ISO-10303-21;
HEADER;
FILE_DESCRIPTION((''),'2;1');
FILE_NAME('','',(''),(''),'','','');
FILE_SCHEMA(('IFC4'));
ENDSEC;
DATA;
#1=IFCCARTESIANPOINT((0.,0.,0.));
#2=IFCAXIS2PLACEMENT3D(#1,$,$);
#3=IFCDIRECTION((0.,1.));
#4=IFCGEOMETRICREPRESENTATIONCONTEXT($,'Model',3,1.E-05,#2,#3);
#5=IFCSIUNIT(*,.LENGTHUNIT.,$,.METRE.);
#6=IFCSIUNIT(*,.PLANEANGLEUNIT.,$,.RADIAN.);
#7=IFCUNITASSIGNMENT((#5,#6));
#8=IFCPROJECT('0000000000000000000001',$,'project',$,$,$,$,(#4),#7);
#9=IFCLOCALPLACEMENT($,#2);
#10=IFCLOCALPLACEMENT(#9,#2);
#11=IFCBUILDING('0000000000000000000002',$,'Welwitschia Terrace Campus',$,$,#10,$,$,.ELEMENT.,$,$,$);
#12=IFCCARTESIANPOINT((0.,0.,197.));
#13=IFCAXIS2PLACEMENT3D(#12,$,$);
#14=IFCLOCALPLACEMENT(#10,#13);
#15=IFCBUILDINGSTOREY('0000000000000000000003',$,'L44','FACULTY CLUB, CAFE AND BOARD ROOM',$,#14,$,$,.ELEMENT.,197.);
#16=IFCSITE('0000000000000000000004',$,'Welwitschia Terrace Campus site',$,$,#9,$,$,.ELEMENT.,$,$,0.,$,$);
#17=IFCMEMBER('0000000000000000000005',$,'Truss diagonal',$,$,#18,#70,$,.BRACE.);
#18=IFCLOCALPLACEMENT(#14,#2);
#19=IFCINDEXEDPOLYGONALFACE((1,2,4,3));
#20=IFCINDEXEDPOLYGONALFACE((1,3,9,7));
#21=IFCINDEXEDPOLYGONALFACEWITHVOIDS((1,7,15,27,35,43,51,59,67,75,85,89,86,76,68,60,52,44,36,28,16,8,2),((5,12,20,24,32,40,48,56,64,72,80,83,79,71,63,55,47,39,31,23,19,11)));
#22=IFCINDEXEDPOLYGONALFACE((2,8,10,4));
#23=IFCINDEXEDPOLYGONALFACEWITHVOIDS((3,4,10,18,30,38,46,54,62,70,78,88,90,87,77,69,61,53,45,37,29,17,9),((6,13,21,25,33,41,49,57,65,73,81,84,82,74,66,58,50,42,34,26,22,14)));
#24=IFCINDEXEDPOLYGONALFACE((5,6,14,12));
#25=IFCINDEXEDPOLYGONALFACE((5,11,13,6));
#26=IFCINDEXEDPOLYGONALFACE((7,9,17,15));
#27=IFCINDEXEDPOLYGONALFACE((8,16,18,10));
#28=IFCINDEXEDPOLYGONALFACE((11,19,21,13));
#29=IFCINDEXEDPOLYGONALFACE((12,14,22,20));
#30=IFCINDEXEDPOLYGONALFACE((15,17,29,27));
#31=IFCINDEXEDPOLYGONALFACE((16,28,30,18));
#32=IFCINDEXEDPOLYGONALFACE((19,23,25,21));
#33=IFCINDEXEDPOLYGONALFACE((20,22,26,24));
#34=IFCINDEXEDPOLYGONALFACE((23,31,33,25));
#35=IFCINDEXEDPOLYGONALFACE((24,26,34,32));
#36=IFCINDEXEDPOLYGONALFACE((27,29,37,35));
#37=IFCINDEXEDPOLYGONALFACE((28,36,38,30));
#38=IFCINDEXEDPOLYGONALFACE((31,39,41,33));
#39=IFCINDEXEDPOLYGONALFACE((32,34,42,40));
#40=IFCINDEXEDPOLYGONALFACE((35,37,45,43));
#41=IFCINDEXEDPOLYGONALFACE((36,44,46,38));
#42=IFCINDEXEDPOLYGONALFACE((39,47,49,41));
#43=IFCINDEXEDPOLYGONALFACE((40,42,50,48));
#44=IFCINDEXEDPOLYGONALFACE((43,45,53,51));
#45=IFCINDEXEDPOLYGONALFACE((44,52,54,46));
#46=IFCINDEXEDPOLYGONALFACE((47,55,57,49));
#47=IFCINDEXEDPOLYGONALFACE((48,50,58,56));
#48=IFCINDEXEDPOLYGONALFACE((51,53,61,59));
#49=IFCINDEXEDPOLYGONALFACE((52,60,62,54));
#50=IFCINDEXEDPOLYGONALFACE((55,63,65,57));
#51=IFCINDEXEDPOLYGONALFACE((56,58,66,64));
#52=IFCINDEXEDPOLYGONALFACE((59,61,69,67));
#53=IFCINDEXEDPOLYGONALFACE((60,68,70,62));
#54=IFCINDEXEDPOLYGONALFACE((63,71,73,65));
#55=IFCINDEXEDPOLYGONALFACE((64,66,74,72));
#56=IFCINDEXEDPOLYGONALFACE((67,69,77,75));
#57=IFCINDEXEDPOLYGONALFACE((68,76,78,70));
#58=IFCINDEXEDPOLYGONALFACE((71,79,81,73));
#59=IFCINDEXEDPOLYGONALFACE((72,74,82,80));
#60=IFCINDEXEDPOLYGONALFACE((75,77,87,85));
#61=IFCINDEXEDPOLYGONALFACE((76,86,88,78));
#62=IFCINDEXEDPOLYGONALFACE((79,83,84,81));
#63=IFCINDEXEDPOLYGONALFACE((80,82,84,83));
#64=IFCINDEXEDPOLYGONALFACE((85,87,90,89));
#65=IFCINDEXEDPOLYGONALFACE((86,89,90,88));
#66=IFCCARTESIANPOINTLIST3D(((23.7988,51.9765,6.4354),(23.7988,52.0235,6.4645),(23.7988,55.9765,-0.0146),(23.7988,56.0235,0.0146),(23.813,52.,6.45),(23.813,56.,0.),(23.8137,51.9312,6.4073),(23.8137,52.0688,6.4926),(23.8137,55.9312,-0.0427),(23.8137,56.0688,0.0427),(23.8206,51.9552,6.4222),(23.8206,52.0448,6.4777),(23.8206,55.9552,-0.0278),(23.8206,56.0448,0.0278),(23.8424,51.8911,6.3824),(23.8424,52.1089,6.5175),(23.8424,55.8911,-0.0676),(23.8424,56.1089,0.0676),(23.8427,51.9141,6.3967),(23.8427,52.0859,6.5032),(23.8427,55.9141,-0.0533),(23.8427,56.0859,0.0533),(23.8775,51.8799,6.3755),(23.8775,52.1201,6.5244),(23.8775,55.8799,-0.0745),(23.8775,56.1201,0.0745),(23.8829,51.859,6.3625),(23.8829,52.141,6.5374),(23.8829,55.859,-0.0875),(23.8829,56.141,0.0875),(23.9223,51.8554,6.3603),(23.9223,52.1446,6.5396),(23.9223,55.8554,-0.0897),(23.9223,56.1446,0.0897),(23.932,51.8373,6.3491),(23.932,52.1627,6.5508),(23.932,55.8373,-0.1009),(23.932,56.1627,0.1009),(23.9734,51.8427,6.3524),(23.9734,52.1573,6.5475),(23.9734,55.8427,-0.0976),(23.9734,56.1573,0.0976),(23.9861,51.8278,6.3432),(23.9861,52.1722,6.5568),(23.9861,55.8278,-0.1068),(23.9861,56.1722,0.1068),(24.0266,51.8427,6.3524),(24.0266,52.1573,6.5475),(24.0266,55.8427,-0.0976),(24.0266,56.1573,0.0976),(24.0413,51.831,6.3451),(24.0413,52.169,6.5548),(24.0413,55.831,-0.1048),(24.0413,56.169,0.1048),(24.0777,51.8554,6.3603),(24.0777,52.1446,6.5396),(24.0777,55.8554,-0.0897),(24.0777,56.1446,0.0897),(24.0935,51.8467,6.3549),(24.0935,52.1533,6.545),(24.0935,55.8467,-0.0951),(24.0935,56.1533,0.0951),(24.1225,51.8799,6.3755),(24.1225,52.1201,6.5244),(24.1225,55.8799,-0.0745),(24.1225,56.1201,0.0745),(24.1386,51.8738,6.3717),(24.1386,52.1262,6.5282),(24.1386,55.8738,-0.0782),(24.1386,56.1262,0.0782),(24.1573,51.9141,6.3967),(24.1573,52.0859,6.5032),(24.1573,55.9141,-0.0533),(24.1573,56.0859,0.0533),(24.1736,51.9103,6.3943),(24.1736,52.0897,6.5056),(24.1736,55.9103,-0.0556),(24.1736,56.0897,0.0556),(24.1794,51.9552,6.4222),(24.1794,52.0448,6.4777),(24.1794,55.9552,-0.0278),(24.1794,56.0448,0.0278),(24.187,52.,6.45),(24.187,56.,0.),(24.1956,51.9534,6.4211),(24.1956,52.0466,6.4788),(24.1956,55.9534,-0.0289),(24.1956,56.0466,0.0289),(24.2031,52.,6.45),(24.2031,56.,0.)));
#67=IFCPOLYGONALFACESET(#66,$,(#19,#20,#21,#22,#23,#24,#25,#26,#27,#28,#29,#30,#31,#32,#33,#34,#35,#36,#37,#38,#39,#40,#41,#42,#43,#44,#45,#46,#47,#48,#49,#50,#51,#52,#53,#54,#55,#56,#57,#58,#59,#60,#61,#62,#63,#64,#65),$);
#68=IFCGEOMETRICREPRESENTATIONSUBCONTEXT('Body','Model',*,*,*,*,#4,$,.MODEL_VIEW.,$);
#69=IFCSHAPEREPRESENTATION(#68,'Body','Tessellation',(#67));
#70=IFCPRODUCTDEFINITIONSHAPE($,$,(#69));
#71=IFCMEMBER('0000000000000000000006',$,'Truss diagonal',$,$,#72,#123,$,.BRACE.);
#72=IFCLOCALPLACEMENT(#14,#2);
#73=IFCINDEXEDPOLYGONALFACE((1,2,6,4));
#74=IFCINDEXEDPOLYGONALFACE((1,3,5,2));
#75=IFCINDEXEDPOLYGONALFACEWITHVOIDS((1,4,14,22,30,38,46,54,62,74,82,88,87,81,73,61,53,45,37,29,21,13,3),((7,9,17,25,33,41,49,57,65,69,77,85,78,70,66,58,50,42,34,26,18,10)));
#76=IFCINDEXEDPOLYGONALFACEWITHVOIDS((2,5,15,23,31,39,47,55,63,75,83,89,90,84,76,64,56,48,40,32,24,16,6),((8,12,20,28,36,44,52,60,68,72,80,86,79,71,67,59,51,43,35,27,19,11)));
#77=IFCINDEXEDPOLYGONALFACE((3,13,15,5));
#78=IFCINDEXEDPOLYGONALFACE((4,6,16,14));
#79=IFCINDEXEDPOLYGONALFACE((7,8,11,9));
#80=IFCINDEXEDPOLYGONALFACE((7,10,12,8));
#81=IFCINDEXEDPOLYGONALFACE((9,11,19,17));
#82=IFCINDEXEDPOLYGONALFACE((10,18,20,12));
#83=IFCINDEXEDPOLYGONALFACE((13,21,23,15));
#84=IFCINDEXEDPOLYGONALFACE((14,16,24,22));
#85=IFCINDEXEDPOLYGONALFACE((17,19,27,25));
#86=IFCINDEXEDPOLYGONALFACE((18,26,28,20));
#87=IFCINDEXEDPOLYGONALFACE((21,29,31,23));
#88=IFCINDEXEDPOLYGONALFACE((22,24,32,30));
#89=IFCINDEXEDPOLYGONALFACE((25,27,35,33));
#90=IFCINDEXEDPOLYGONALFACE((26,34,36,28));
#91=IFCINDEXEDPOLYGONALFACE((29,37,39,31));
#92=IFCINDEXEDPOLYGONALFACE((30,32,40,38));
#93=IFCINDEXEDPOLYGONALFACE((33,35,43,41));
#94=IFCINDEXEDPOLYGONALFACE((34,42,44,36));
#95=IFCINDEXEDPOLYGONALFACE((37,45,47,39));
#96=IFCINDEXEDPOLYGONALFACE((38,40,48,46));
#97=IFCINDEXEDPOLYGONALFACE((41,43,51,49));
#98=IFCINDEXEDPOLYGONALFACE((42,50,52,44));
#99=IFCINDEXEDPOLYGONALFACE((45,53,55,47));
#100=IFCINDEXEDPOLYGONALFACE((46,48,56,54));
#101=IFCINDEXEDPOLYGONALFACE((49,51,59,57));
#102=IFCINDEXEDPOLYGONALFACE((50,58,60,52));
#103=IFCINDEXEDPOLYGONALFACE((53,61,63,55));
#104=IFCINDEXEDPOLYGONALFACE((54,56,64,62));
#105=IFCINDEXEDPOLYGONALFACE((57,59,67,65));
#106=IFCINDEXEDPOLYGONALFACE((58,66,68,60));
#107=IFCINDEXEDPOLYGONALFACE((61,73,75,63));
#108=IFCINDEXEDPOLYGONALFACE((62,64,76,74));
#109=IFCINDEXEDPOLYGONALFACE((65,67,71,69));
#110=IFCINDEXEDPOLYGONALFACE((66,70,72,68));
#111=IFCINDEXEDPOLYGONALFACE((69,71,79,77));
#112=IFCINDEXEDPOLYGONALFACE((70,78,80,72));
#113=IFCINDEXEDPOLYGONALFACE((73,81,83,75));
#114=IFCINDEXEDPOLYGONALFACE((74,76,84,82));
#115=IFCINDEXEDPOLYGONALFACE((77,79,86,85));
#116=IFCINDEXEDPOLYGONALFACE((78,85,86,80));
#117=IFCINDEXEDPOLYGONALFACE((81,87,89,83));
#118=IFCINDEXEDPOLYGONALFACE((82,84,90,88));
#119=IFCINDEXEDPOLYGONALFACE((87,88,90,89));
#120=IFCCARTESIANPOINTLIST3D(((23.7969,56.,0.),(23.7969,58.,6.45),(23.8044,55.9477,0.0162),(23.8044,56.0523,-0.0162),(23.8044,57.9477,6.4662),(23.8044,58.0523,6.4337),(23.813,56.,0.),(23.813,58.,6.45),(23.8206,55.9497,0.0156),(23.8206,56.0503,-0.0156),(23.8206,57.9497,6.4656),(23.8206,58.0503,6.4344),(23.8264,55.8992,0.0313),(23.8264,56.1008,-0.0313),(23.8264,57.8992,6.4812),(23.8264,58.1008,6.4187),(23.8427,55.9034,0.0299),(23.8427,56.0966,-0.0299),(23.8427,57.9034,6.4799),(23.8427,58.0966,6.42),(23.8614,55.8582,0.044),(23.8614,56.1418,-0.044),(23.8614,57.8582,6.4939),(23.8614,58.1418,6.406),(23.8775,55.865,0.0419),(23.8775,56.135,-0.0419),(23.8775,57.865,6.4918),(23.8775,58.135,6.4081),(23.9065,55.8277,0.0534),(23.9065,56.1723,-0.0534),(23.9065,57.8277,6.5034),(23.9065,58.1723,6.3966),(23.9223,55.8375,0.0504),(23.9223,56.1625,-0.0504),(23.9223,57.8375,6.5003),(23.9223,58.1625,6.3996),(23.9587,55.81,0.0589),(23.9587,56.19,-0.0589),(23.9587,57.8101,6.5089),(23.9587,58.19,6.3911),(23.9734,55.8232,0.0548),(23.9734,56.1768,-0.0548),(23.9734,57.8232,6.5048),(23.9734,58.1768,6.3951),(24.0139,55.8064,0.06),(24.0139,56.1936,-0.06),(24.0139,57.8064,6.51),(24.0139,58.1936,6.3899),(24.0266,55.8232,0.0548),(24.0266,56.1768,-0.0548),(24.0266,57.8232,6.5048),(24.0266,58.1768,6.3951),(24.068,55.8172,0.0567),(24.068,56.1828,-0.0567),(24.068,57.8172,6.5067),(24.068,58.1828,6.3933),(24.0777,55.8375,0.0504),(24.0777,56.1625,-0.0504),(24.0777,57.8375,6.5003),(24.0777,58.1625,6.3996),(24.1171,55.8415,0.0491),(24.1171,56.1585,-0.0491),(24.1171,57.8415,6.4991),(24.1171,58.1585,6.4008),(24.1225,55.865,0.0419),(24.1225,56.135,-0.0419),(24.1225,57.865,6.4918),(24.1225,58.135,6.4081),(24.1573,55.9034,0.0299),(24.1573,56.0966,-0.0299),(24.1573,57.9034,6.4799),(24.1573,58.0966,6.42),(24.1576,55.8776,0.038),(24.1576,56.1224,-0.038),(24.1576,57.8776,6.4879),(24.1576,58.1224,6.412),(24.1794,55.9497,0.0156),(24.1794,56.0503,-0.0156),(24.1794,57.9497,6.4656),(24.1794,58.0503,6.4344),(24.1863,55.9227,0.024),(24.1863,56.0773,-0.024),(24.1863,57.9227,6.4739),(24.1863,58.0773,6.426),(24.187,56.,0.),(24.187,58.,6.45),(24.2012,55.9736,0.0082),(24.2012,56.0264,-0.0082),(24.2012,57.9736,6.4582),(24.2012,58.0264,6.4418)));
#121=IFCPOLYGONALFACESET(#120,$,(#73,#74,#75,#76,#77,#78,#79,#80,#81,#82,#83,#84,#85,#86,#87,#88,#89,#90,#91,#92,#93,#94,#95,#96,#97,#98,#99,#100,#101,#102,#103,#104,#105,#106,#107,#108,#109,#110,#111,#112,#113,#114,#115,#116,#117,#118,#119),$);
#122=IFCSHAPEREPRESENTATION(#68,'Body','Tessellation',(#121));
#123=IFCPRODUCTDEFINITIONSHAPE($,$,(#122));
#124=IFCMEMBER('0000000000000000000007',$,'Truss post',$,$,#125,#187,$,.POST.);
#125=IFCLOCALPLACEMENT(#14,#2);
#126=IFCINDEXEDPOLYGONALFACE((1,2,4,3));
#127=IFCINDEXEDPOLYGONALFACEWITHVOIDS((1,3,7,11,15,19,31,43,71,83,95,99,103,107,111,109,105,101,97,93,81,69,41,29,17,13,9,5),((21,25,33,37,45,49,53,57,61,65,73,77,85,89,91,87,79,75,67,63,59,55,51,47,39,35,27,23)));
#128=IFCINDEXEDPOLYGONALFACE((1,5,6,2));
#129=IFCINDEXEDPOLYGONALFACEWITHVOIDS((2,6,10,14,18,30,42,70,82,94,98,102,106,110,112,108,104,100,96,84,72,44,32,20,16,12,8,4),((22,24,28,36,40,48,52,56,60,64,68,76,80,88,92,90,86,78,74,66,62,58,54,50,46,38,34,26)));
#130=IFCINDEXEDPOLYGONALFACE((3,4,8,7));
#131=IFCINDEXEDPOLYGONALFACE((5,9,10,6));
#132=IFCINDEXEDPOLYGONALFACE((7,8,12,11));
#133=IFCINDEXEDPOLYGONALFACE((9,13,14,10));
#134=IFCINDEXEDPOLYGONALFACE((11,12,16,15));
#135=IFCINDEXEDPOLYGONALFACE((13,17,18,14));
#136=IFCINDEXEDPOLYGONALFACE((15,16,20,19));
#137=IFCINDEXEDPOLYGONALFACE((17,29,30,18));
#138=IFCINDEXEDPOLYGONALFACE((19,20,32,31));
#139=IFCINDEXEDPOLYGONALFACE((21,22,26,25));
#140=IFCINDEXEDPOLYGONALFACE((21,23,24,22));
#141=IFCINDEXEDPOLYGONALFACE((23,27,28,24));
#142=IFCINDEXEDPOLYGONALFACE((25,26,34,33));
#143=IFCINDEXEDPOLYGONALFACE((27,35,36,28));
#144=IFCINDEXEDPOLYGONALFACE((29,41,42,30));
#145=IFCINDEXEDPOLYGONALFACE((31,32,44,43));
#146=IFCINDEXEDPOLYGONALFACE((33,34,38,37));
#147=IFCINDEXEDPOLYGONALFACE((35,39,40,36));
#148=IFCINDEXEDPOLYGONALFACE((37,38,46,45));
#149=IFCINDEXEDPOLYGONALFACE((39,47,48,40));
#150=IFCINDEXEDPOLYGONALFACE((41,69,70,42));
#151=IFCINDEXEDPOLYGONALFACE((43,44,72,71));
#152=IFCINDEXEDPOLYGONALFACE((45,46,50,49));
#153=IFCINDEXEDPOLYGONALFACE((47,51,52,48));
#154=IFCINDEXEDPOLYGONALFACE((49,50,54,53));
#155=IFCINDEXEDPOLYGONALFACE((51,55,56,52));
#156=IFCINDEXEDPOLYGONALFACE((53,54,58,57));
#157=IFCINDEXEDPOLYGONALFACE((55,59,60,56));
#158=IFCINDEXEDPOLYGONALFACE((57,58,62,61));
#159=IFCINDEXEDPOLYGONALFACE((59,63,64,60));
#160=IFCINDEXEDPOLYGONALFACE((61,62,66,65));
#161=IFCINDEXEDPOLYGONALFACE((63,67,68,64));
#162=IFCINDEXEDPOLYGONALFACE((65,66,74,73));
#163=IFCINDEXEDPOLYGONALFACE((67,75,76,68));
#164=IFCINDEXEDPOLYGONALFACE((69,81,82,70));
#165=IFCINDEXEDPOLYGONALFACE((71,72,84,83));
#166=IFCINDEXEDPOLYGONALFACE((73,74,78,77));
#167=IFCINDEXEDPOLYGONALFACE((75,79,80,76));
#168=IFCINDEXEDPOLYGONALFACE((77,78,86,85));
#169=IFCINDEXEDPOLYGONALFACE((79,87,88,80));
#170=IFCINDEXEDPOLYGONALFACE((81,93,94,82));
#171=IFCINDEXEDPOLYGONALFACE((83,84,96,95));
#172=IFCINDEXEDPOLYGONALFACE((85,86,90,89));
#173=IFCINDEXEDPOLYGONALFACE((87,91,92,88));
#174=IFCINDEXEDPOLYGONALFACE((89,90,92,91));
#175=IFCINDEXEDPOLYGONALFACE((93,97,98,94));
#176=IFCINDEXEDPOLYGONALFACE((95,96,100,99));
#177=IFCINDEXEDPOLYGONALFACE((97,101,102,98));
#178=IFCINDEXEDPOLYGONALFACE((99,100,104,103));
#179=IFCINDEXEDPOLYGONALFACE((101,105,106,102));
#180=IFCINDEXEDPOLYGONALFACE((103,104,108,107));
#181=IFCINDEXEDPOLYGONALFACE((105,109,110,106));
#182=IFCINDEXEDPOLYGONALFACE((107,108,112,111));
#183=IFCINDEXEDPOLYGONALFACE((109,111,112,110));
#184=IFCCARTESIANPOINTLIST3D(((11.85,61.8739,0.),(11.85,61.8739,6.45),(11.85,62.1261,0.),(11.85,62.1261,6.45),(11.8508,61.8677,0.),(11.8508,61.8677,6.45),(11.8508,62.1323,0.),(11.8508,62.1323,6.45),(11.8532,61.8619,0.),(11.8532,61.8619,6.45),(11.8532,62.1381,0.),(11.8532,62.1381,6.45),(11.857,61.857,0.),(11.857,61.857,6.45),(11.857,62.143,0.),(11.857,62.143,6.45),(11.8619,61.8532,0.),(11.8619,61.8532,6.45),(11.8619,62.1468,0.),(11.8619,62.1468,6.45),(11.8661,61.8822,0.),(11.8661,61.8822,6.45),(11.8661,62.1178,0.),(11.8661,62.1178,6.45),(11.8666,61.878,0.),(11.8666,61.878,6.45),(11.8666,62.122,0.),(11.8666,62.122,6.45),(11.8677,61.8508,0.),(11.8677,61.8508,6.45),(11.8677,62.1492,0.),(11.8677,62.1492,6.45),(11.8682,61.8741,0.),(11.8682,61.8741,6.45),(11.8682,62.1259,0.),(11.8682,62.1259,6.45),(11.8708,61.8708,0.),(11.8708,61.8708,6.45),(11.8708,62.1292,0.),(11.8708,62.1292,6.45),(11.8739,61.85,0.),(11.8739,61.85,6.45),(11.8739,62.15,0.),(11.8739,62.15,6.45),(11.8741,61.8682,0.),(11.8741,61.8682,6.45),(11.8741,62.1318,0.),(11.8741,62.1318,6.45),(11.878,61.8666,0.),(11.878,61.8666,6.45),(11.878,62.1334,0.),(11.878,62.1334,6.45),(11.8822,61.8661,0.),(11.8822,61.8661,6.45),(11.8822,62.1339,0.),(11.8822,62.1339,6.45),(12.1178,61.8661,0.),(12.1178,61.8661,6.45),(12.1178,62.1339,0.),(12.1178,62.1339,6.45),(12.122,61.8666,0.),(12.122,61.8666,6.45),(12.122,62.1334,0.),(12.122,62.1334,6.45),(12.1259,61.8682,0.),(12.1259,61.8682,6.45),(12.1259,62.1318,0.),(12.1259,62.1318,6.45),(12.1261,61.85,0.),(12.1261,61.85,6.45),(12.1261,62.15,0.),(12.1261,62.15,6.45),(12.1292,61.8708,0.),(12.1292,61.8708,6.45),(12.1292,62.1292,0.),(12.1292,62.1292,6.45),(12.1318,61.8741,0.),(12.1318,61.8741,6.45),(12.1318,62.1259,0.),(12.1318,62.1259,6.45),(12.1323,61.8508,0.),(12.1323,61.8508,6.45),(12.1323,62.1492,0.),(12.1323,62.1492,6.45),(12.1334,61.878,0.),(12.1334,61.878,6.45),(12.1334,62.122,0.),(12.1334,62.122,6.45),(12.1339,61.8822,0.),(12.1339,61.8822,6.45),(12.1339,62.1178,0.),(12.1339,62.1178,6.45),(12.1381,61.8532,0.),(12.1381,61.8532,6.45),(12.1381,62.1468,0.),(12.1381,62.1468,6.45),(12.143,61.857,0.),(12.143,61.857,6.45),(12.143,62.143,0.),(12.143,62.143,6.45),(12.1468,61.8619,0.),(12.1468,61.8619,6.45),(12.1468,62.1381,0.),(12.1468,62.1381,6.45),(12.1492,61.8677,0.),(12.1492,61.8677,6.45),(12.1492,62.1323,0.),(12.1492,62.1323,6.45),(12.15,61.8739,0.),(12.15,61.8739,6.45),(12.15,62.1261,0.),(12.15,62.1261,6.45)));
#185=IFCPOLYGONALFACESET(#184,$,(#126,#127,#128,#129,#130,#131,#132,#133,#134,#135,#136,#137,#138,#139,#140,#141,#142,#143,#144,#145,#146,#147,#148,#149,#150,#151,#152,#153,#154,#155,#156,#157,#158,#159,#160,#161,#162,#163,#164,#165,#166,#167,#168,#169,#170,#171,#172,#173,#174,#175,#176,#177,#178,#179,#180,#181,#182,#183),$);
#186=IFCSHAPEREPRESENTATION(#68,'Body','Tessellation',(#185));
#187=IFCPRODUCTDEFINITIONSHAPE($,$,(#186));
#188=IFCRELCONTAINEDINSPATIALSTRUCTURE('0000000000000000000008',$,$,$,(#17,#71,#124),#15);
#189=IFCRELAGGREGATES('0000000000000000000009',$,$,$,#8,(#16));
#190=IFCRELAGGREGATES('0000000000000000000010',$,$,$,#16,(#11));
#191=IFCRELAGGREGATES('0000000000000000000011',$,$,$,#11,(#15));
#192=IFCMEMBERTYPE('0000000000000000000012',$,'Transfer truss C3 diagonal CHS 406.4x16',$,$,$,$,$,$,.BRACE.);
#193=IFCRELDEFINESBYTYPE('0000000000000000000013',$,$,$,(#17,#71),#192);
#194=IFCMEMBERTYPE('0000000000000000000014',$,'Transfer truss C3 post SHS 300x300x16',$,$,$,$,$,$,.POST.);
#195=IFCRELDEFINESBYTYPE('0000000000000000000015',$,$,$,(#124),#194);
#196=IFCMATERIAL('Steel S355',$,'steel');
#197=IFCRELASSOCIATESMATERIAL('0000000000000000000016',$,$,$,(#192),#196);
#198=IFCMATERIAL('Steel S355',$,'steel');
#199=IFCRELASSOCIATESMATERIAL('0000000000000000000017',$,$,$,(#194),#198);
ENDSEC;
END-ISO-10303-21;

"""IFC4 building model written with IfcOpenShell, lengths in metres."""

from ifc_helpers import new_model, si_unit, direction, frame, origin, origin_2d, place, context, subcontext, project, spatial, hollow_rectangle, hollow_circle, extrude, material, material_profile, profile_set, type_object, element, save


model = new_model("IFC4")

# Units and contexts
model_context = context("Model", 3, precision=1e-05, world=origin(), true_north=direction((0.0, 1.0)))
body_context = subcontext(model_context, "Body", "Model", "MODEL_VIEW")
ifc_project = project(units=[si_unit("LENGTHUNIT", "METRE"), si_unit("PLANEANGLEUNIT", "RADIAN")], contexts=[model_context])

# Site, building, storey
site_placement = place(None, origin())
site = spatial("IfcSite", under=ifc_project, at=site_placement, Name="Welwitschia Terrace Campus site", CompositionType="ELEMENT", RefElevation=0.0)
building_placement = place(site_placement, origin())
building = spatial("IfcBuilding", under=site, at=building_placement, Name="Welwitschia Terrace Campus", CompositionType="ELEMENT")
storey_placement = place(building_placement, frame((0.0, 0.0, 197.0)))
storey = spatial("IfcBuildingStorey", under=building, at=storey_placement, Name="L44", Description="FACULTY CLUB, CAFE AND BOARD ROOM", CompositionType="ELEMENT", Elevation=197.0)

# Members
ifc_material_1 = material(Name="Steel S355", Category="steel")
ifc_material_profile_1 = material_profile(ifc_material_1, hollow_circle(Radius=0.2031, WallThickness=0.0161, at=origin_2d()))
ifc_profile_set_1 = profile_set([ifc_material_profile_1], Name="Steel S355")
member_type_1 = type_object("IfcMemberType", Name="Transfer truss C3 diagonal CHS 406.4x16", PredefinedType="BRACE", material=ifc_profile_set_1)
member_1_placement = place(storey_placement, frame((24.0, 56.0, 0.0), z_axis=(0.0, -0.527038, 0.849842), x_axis=(1.0, 0.0, 0.0)))
element("IfcMember", 1, at=member_1_placement, inside=storey, type_object=member_type_1, Name="Truss diagonal", PredefinedType="BRACE", context=body_context, shape_type="SweptSolid", body=[
    extrude(hollow_circle(Radius=0.2031, WallThickness=0.0161, at=origin_2d()), origin(), (0.0, 0.0, 1.0), 7.5896),
])
member_2_placement = place(storey_placement, frame((24.0, 56.0, 0.0), z_axis=(0.0, 0.296168, 0.955136), x_axis=(-1.0, 0.0, 0.0)))
element("IfcMember", 2, at=member_2_placement, inside=storey, type_object=member_type_1, Name="Truss diagonal", PredefinedType="BRACE", context=body_context, shape_type="SweptSolid", body=[
    extrude(hollow_circle(Radius=0.2031, WallThickness=0.0161, at=origin_2d()), origin(), (0.0, 0.0, 1.0), 6.7529),
])
ifc_material_2 = material(Name="Steel S355", Category="steel")
ifc_material_profile_2 = material_profile(ifc_material_2, hollow_rectangle(XDim=0.3, YDim=0.3, WallThickness=0.0161, InnerFilletRadius=0.0161, OuterFilletRadius=0.0239, at=origin_2d()))
ifc_profile_set_2 = profile_set([ifc_material_profile_2], Name="Steel S355")
member_type_2 = type_object("IfcMemberType", Name="Transfer truss C3 post SHS 300x300x16", PredefinedType="POST", material=ifc_profile_set_2)
for number, where, z_axis, x_axis, name in (
    (3, (12.0, 62.0, 0.0), (0.0, 0.0, 1.0), (1.0, 0.0, 0.0), "Truss post"),
):
    element("IfcMember", number, at=place(storey_placement, frame(where, z_axis=z_axis, x_axis=x_axis)), inside=storey, type_object=member_type_2, Name=name, PredefinedType="POST", context=body_context, shape_type="SweptSolid", body=[
        extrude(hollow_rectangle(XDim=0.3, YDim=0.3, WallThickness=0.0161, InnerFilletRadius=0.0161, OuterFilletRadius=0.0239, at=origin_2d()), origin(), (0.0, 0.0, 1.0), 6.45),
    ])

save(model, "model.ifc")
